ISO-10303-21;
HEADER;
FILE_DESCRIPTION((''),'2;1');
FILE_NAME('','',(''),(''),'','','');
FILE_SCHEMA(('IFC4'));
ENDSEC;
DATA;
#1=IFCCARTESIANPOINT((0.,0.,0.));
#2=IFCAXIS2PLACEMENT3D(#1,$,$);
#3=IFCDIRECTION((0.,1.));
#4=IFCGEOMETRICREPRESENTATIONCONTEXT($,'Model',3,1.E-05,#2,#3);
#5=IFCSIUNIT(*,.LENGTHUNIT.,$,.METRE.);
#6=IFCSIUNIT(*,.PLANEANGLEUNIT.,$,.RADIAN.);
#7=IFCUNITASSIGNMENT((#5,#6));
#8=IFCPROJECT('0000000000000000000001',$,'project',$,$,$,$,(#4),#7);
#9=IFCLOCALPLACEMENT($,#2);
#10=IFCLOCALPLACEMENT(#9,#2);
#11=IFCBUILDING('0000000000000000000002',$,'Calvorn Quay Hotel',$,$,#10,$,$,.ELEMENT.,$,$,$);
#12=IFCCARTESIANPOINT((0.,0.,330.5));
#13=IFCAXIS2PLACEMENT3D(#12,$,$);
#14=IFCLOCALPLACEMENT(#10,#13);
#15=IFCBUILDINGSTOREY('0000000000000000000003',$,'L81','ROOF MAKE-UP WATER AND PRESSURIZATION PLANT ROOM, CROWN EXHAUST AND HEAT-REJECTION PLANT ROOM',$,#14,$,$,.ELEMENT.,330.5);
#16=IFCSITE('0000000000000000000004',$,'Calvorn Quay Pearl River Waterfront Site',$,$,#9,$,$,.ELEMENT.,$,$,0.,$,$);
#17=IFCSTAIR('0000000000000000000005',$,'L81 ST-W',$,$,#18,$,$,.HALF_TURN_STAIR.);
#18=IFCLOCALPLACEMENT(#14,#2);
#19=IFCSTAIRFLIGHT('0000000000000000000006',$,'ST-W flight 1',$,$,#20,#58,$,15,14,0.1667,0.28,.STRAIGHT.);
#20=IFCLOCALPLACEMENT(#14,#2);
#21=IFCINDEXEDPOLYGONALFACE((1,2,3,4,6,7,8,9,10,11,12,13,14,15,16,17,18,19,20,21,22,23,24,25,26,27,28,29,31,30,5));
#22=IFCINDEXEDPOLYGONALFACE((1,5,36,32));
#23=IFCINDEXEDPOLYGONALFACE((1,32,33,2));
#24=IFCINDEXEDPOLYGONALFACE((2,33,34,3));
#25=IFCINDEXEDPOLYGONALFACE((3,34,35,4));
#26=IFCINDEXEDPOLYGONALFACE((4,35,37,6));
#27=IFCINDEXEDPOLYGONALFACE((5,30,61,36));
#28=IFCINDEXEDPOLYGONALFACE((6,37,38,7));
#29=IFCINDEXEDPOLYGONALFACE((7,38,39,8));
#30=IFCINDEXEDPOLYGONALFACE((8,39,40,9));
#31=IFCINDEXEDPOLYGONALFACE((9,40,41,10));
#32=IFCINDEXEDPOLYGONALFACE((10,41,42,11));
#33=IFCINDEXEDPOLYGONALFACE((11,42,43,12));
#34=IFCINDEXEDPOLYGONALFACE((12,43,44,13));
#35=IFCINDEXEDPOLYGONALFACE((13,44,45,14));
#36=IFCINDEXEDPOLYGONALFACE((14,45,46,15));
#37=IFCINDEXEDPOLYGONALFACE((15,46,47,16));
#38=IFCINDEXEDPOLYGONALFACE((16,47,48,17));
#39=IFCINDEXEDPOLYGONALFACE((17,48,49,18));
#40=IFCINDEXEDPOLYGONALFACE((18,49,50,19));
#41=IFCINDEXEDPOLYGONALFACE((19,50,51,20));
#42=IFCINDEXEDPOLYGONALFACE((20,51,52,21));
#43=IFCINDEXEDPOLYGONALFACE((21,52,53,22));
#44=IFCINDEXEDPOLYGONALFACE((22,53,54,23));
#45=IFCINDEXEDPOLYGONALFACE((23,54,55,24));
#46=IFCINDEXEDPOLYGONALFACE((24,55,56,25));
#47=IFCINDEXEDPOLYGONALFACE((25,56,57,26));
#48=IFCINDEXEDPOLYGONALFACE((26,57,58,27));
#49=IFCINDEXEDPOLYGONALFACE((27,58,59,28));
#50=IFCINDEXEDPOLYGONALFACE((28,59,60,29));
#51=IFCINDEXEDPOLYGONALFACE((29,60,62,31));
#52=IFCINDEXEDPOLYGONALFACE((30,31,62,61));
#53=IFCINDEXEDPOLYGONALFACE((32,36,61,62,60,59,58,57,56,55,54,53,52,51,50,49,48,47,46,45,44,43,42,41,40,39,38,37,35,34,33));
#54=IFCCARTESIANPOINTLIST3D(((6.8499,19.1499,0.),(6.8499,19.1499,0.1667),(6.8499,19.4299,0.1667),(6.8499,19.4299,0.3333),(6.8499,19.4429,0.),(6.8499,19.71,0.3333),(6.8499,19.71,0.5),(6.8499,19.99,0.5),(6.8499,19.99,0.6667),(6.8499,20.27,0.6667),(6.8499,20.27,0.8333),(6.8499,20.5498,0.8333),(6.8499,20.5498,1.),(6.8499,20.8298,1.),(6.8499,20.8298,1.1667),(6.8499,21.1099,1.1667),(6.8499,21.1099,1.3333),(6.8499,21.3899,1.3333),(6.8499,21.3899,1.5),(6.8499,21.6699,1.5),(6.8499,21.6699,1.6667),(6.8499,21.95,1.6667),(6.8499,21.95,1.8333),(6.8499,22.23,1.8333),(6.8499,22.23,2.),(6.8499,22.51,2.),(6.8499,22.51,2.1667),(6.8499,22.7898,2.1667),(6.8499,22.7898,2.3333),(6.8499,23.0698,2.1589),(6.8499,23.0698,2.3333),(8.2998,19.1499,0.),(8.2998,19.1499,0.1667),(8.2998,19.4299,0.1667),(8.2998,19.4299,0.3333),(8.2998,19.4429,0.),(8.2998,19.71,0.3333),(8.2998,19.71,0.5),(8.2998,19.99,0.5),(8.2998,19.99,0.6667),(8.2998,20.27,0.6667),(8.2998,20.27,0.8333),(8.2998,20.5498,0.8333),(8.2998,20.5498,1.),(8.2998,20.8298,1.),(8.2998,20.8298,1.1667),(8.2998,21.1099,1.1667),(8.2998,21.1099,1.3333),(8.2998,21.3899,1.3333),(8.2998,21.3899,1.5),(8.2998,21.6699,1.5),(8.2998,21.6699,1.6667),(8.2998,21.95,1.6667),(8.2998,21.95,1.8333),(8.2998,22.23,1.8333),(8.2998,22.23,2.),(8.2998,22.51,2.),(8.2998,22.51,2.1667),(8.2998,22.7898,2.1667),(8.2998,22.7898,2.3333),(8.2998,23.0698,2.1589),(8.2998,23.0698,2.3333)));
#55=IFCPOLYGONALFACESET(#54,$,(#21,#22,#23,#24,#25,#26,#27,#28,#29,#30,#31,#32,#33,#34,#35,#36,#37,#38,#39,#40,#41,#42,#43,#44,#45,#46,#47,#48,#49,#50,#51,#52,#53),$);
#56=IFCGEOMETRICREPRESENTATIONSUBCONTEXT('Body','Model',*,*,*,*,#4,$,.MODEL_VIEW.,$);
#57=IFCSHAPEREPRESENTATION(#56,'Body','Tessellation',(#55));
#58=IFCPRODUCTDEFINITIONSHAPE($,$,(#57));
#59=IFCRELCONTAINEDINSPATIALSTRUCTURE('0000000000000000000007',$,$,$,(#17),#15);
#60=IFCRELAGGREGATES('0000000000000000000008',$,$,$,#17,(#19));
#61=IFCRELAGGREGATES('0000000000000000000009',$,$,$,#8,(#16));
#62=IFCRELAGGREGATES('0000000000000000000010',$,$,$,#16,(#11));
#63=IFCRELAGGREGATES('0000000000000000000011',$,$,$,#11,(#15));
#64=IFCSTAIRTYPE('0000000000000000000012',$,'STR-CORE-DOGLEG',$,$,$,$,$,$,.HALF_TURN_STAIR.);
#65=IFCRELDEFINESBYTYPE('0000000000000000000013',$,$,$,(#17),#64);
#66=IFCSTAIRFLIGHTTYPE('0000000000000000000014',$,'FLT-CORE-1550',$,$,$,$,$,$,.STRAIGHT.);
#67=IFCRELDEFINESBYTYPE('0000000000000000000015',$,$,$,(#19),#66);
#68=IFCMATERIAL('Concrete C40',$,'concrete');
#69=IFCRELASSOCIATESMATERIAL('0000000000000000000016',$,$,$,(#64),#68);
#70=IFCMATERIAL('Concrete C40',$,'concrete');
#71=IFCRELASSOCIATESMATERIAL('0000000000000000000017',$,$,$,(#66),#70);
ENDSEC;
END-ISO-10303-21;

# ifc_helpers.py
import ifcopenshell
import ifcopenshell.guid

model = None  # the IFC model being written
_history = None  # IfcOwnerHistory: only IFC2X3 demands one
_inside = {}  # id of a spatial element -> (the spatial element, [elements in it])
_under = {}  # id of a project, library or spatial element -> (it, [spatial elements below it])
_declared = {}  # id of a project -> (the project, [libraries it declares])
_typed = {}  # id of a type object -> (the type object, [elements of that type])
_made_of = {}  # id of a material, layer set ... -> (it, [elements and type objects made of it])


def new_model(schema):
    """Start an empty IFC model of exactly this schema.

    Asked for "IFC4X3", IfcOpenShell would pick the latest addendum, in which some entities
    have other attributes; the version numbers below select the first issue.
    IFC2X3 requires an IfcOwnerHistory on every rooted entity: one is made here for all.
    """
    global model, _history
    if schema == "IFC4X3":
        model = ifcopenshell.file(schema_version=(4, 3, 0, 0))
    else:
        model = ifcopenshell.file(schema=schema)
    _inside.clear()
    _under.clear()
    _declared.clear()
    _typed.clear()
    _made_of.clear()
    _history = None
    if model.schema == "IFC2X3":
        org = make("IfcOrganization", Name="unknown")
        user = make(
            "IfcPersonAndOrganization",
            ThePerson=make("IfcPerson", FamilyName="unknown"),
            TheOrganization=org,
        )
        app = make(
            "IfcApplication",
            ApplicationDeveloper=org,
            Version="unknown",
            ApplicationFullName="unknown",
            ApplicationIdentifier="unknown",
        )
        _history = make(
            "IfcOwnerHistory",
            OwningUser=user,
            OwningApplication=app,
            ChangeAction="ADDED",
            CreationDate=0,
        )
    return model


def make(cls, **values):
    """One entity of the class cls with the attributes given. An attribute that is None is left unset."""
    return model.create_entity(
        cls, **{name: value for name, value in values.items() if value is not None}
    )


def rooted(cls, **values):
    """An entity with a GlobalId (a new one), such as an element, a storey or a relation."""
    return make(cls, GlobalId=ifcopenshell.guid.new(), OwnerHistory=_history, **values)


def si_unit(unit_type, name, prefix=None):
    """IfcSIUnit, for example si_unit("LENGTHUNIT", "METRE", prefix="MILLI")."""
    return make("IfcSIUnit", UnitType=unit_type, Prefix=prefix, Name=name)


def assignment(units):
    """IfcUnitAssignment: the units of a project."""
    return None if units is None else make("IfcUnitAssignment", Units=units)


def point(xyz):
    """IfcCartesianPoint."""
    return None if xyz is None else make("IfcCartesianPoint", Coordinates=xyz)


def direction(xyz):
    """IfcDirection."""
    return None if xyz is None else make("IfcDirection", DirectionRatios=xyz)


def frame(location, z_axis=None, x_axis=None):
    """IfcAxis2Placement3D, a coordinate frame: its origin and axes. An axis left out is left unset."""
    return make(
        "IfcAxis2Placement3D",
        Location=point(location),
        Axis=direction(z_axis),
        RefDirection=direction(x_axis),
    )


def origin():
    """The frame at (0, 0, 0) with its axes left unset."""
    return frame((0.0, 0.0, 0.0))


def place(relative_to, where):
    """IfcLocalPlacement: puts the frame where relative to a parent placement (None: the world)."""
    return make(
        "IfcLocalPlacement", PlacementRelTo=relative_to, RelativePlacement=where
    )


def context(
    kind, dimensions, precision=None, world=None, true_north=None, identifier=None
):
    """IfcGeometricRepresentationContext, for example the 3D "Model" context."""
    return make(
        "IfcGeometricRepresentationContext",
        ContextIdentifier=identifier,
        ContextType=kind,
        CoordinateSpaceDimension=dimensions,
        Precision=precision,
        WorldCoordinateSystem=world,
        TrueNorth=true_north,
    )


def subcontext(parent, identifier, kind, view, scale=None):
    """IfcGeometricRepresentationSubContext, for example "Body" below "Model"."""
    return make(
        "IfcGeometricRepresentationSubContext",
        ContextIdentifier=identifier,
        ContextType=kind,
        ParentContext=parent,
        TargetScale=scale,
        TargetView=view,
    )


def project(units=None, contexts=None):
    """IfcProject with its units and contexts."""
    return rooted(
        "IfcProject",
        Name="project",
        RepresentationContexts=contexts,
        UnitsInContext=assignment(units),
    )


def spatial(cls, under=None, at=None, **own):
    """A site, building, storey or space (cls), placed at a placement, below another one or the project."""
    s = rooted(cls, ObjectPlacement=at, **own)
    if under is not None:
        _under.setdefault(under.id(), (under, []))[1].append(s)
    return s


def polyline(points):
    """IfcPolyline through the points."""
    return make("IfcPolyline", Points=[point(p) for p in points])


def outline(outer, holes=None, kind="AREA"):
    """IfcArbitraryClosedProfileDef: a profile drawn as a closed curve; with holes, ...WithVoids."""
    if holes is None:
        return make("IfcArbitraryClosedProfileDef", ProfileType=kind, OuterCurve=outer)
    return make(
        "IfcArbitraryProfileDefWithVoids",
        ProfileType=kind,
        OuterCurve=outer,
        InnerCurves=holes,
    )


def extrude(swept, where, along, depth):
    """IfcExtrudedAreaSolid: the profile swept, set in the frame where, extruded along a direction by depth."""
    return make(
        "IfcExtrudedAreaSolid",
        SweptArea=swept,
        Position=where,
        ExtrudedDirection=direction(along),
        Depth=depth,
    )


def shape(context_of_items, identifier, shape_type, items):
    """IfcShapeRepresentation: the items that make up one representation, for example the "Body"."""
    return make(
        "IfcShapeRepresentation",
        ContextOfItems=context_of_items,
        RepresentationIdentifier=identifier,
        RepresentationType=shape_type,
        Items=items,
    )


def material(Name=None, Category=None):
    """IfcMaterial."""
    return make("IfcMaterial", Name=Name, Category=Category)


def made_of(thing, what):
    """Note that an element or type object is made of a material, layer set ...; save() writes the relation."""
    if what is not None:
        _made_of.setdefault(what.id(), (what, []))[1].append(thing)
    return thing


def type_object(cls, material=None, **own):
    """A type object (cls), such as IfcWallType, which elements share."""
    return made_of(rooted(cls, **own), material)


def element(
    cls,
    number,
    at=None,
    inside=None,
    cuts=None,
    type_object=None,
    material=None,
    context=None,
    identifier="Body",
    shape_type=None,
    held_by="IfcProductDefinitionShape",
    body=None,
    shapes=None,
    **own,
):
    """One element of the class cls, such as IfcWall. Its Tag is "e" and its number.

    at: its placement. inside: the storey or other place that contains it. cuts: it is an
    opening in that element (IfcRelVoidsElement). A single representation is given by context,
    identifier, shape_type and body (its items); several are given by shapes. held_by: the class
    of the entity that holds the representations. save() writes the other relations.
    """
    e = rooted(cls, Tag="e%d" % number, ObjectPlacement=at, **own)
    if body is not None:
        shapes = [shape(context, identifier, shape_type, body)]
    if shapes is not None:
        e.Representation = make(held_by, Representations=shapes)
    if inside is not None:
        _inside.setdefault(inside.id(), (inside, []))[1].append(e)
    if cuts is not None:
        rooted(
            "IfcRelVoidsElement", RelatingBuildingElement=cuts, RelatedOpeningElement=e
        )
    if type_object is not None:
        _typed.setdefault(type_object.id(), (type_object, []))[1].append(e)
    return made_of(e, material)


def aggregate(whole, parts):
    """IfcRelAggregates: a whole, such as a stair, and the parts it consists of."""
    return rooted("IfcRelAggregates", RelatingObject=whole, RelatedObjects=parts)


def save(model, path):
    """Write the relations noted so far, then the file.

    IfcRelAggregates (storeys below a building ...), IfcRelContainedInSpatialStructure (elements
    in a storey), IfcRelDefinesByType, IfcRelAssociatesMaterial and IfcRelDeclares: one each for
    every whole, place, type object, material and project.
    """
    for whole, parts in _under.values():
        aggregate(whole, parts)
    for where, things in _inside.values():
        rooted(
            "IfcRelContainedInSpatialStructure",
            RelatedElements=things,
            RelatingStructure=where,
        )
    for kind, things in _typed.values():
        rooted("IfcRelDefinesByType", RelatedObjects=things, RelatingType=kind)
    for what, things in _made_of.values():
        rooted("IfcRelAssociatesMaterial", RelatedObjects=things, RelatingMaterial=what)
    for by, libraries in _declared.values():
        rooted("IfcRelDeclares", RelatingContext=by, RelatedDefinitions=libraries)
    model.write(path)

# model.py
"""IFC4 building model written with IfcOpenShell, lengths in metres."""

from ifc_helpers import new_model, si_unit, direction, frame, origin, place, context, subcontext, project, spatial, polyline, outline, extrude, material, type_object, element, aggregate, save


model = new_model("IFC4")

# Units and contexts
model_context = context("Model", 3, precision=1e-05, world=origin(), true_north=direction((0.0, 1.0)))
body_context = subcontext(model_context, "Body", "Model", "MODEL_VIEW")
ifc_project = project(units=[si_unit("LENGTHUNIT", "METRE"), si_unit("PLANEANGLEUNIT", "RADIAN")], contexts=[model_context])

# Site, building, storey
site_placement = place(None, origin())
site = spatial("IfcSite", under=ifc_project, at=site_placement, Name="Calvorn Quay Pearl River Waterfront Site", CompositionType="ELEMENT", RefElevation=0.0)
building_placement = place(site_placement, origin())
building = spatial("IfcBuilding", under=site, at=building_placement, Name="Calvorn Quay Hotel", CompositionType="ELEMENT")
storey_placement = place(building_placement, frame((0.0, 0.0, 330.5)))
storey = spatial("IfcBuildingStorey", under=building, at=storey_placement, Name="L81", Description="ROOF MAKE-UP WATER AND PRESSURIZATION PLANT ROOM, CROWN EXHAUST AND HEAT-REJECTION PLANT ROOM", CompositionType="ELEMENT", Elevation=330.5)

# Stair, stair flight
ifc_material_1 = material(Name="Concrete C40", Category="concrete")
stair_type = type_object("IfcStairType", Name="STR-CORE-DOGLEG", PredefinedType="HALF_TURN_STAIR", material=ifc_material_1)
stair_placement = place(storey_placement, origin())
stair = element("IfcStair", 1, at=stair_placement, inside=storey, type_object=stair_type, Name="L81 ST-W", PredefinedType="HALF_TURN_STAIR")
ifc_material_2 = material(Name="Concrete C40", Category="concrete")
stair_flight_type = type_object("IfcStairFlightType", Name="FLT-CORE-1550", PredefinedType="STRAIGHT", material=ifc_material_2)
stair_flight_placement = place(storey_placement, frame((7.575, 19.1499, 0.0), z_axis=(0.0, 0.0, 1.0), x_axis=(0.0, 1.0, 0.0)))
stair_flight = element("IfcStairFlight", 2, at=stair_flight_placement, type_object=stair_flight_type, Name="ST-W flight 1", NumberOfRisers=15, NumberOfTreads=14, PredefinedType="STRAIGHT", RiserHeight=0.1667, TreadLength=0.28, context=body_context, shape_type="SweptSolid", body=[
    extrude(outline(polyline([(0.0, 0.0), (0.0, 0.1667), (0.28, 0.1667), (0.28, 0.3333), (0.5601, 0.3333), (0.5601, 0.5), (0.8401, 0.5), (0.8401, 0.6667), (1.1201, 0.6667), (1.1201, 0.8333), (1.3999, 0.8333), (1.3999, 1.0), (1.6799, 1.0), (1.6799, 1.1667), (1.96, 1.1667), (1.96, 1.3333), (2.24, 1.3333), (2.24, 1.5), (2.52, 1.5), (2.52, 1.6667), (2.8, 1.6667), (2.8, 1.8333), (3.0801, 1.8333), (3.0801, 2.0), (3.3601, 2.0), (3.3601, 2.1667), (3.6399, 2.1667), (3.6399, 2.3333), (3.9199, 2.3333), (3.9199, 2.5), (3.9199, 2.1589), (0.293, 0.0), (0.0, 0.0)])), frame((0.0, 0.7251, 0.0), z_axis=(0.0, -1.0, 0.0), x_axis=(1.0, 0.0, 0.0)), (0.0, 0.0, 1.0), 1.45),
])
aggregate(stair, [stair_flight])

save(model, "model.ifc")
